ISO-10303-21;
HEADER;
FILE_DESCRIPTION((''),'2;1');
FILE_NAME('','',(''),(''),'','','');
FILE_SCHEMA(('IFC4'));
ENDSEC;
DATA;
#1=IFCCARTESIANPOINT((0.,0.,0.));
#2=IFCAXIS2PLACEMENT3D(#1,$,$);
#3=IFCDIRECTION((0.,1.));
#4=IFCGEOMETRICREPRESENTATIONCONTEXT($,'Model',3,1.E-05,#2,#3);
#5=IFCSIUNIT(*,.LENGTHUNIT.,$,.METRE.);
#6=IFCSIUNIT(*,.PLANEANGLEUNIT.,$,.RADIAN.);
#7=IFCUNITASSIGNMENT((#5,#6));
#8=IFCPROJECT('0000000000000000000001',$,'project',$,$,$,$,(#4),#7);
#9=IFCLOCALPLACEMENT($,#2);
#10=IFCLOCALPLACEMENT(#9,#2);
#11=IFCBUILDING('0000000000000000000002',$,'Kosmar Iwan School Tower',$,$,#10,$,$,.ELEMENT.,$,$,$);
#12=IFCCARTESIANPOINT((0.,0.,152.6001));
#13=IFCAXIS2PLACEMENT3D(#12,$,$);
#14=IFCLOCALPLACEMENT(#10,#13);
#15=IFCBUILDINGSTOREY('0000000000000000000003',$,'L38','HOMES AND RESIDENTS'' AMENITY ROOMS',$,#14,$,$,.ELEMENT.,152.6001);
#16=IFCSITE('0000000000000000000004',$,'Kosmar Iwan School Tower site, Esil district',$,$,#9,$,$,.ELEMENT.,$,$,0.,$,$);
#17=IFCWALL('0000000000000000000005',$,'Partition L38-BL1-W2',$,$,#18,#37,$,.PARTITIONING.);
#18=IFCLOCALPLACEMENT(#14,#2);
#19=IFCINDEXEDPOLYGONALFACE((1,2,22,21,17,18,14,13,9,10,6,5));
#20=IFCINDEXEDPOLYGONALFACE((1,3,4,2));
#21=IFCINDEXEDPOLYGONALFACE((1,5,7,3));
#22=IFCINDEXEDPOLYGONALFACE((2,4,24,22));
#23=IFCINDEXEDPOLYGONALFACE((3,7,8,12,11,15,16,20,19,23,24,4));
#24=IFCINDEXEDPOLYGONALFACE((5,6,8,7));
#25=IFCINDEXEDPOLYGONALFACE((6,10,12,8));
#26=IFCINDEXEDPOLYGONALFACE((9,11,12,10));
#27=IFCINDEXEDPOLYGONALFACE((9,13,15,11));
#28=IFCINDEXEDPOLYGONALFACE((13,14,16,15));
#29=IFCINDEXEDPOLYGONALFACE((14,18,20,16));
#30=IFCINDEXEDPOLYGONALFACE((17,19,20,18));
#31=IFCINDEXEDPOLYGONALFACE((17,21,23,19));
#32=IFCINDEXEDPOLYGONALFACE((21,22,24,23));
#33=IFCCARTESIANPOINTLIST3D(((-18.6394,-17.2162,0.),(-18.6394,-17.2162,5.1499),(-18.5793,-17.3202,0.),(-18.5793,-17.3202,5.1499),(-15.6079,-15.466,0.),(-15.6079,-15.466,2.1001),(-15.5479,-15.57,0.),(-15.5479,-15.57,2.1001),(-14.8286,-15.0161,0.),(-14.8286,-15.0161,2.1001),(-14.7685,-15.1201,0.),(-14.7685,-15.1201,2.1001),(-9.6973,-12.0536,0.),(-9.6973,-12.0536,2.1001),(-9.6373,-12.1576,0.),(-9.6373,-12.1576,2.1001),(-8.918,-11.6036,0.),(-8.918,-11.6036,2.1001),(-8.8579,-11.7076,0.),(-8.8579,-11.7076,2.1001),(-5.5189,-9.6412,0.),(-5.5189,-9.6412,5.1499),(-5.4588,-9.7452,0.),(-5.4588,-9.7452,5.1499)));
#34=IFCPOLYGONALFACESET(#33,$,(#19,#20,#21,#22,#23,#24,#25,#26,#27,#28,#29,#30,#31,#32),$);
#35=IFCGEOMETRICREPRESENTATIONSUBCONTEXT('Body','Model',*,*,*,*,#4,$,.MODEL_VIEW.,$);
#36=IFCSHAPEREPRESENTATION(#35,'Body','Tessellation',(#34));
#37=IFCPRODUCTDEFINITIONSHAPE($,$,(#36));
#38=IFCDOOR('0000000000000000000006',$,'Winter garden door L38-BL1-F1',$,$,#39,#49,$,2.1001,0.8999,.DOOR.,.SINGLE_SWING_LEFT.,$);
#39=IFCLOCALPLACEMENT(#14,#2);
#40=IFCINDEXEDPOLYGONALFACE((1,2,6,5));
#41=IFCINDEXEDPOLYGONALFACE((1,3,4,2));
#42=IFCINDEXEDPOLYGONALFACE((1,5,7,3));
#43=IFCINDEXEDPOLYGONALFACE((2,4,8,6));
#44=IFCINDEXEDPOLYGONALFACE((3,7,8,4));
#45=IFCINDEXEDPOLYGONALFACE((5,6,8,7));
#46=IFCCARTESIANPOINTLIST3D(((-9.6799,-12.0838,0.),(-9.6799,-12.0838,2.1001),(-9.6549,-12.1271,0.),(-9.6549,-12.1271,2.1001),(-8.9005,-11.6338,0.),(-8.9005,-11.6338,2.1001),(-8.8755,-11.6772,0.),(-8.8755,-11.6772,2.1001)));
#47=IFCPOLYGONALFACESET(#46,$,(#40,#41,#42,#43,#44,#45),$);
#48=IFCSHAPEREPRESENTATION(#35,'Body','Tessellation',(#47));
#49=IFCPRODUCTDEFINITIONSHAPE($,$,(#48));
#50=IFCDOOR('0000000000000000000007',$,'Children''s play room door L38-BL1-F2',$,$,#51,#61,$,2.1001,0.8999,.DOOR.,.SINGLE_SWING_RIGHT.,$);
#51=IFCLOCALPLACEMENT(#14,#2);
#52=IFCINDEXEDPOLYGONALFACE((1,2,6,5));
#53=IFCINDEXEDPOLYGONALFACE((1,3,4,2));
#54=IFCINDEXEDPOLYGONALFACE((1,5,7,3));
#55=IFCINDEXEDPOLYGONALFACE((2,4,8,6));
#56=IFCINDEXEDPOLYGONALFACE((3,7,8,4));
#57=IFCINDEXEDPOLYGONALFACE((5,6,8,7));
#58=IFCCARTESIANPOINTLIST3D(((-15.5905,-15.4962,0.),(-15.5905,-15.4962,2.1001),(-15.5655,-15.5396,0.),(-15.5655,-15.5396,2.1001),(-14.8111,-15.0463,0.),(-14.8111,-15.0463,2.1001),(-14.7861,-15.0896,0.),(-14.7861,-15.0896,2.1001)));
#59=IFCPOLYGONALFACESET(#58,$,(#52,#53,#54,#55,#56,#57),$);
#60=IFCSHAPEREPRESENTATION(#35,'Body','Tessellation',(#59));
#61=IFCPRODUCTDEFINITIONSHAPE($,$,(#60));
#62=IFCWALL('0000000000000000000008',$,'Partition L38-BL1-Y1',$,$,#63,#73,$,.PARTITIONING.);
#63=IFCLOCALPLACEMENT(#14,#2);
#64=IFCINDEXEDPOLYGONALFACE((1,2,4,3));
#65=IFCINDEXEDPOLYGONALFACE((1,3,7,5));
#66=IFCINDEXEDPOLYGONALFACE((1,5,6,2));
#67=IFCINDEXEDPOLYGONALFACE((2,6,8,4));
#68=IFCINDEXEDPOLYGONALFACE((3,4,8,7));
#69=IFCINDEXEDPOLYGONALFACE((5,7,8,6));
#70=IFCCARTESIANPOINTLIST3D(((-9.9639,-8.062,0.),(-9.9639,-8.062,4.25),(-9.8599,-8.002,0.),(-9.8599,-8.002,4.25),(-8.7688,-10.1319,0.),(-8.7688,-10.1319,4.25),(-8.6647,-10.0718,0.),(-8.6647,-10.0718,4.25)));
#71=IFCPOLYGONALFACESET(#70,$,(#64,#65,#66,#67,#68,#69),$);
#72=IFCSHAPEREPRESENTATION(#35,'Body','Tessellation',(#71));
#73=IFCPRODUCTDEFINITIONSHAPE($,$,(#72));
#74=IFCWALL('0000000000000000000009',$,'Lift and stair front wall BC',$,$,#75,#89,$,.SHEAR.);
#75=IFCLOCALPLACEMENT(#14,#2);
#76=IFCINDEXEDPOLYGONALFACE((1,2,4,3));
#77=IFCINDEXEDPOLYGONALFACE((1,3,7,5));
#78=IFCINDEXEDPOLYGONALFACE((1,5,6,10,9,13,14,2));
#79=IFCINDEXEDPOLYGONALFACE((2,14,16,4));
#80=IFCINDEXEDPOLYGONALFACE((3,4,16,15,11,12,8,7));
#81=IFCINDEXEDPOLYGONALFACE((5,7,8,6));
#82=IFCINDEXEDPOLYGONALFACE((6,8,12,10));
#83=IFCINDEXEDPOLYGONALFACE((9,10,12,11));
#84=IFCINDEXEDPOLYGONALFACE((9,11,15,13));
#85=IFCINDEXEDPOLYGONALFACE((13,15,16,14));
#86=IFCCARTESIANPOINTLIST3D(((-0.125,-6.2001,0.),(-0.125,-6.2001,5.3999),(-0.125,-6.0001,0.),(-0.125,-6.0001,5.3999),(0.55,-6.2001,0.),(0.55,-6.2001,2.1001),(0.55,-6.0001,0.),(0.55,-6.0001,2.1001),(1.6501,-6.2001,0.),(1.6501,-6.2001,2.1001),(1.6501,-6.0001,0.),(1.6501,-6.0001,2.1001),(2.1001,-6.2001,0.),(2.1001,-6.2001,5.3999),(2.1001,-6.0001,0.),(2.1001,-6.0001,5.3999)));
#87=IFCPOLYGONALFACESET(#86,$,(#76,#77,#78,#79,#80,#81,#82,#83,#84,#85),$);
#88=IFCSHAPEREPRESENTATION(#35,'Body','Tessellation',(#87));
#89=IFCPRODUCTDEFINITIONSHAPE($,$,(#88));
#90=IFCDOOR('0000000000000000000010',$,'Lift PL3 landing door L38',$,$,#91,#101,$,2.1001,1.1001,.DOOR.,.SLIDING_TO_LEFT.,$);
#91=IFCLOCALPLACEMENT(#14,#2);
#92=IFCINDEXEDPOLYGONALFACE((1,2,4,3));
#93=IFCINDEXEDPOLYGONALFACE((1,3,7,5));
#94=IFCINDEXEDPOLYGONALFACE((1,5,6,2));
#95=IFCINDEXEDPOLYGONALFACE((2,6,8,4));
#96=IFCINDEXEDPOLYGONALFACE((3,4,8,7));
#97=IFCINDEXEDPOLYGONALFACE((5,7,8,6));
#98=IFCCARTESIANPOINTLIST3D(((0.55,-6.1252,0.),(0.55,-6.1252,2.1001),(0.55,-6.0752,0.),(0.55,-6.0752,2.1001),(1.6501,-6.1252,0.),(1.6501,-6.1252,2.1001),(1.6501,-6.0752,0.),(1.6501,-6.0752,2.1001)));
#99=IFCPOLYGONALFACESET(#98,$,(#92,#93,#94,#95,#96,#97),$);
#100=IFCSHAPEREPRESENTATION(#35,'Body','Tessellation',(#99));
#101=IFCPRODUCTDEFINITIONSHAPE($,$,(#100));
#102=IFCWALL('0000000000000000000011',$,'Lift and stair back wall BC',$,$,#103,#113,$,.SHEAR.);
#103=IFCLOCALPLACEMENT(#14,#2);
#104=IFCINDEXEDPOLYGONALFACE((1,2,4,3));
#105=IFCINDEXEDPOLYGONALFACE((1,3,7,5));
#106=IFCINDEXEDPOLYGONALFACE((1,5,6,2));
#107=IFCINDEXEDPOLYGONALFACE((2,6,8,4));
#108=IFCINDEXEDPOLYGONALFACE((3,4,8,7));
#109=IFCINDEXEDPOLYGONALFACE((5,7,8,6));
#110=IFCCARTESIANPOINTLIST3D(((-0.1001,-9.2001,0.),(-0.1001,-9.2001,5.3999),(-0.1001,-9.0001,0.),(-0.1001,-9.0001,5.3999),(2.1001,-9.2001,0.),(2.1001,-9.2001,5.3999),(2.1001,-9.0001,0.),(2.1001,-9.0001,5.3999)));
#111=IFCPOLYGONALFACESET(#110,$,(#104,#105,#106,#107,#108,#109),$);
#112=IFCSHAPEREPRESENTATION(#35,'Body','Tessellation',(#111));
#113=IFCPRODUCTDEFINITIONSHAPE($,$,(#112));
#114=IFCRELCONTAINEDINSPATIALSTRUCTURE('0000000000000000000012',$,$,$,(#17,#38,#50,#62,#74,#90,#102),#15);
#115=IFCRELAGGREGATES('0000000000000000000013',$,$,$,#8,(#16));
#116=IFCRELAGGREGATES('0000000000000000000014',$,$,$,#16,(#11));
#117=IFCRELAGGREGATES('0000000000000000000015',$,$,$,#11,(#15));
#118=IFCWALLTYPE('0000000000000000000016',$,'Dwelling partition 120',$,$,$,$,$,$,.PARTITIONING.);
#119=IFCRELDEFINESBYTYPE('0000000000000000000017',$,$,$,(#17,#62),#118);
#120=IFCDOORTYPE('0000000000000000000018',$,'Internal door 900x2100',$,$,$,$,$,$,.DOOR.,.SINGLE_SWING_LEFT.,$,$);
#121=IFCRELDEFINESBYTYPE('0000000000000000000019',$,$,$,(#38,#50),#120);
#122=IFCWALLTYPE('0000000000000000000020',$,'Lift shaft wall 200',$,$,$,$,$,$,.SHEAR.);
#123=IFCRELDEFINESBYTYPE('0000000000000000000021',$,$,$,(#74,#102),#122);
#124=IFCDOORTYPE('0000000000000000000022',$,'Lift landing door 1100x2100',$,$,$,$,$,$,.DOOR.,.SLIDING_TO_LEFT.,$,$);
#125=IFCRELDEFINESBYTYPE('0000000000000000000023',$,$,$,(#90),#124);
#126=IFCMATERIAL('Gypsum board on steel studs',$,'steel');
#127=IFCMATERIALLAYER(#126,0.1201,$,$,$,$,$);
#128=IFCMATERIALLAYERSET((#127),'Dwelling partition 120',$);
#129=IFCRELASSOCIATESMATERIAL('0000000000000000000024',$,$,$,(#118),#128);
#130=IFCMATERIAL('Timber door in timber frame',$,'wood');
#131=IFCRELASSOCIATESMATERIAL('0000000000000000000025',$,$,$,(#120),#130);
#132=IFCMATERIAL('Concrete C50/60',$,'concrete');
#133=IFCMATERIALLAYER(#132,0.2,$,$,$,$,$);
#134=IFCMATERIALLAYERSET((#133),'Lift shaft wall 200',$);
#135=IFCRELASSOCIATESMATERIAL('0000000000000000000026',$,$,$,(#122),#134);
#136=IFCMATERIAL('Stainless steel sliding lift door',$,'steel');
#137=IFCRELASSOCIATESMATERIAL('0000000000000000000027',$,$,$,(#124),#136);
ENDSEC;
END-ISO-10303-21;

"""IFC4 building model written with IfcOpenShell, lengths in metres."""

from ifc_helpers import new_model, si_unit, direction, frame, frame_2d, origin, place, context, subcontext, project, spatial, rectangle, extrude, material, layer, layer_set, type_object, element, fill, save


model = new_model("IFC4")

# Units and contexts
model_context = context("Model", 3, precision=1e-05, world=origin(), true_north=direction((0.0, 1.0)))
body_context = subcontext(model_context, "Body", "Model", "MODEL_VIEW")
ifc_project = project(units=[si_unit("LENGTHUNIT", "METRE"), si_unit("PLANEANGLEUNIT", "RADIAN")], contexts=[model_context])

# Site, building, storey
site_placement = place(None, origin())
site = spatial("IfcSite", under=ifc_project, at=site_placement, Name="Kosmar Iwan School Tower site, Esil district", CompositionType="ELEMENT", RefElevation=0.0)
building_placement = place(site_placement, origin())
building = spatial("IfcBuilding", under=site, at=building_placement, Name="Kosmar Iwan School Tower", CompositionType="ELEMENT")
storey_placement = place(building_placement, frame((0.0, 0.0, 152.6001)))
storey = spatial("IfcBuildingStorey", under=building, at=storey_placement, Name="L38", Description="HOMES AND RESIDENTS' AMENITY ROOMS", CompositionType="ELEMENT", Elevation=152.6001)

# Wall, openings, doors
ifc_material_1 = material(Name="Gypsum board on steel studs", Category="steel")
ifc_layer_1 = layer(ifc_material_1, 0.1201)
ifc_layer_set_1 = layer_set([ifc_layer_1], Name="Dwelling partition 120")
wall_type_1 = type_object("IfcWallType", Name="Dwelling partition 120", PredefinedType="PARTITIONING", material=ifc_layer_set_1)
ifc_material_2 = material(Name="Timber door in timber frame", Category="wood")
door_type_1 = type_object("IfcDoorType", Name="Internal door 900x2100", OperationType="SINGLE_SWING_LEFT", PredefinedType="DOOR", material=ifc_material_2)
wall_1_placement = place(storey_placement, frame((-5.4888, -9.6931, 0.0), z_axis=(0.0, 0.0, 1.0), x_axis=(-0.866028, -0.499995, 0.0)))
wall_1 = element("IfcWall", 1, at=wall_1_placement, inside=storey, type_object=wall_type_1, Name="Partition L38-BL1-W2", PredefinedType="PARTITIONING", context=body_context, shape_type="SweptSolid", body=[
    extrude(rectangle(XDim=15.1501, YDim=0.1201, at=frame_2d((7.5752, 0.0))), origin(), (0.0, 0.0, 1.0), 5.1499),
])
opening_1_placement = place(wall_1_placement, frame((3.925, 0.0, 0.0)))
opening_1 = element("IfcOpeningElement", 2, at=opening_1_placement, cuts=wall_1, PredefinedType="OPENING", context=body_context, shape_type="SweptSolid", body=[
    extrude(rectangle(XDim=0.8999, YDim=2.1001, at=frame_2d((0.45, 1.05))), frame((0.0, 0.072, 0.0), z_axis=(0.0, -1.0, 0.0), x_axis=(1.0, 0.0, 0.0)), (0.0, 0.0, 1.0), 0.144),
])
opening_2_placement = place(wall_1_placement, frame((10.75, 0.0, 0.0)))
opening_2 = element("IfcOpeningElement", 3, at=opening_2_placement, cuts=wall_1, PredefinedType="OPENING", context=body_context, shape_type="SweptSolid", body=[
    extrude(rectangle(XDim=0.8999, YDim=2.1001, at=frame_2d((0.45, 1.05))), frame((0.0, 0.072, 0.0), z_axis=(0.0, -1.0, 0.0), x_axis=(1.0, 0.0, 0.0)), (0.0, 0.0, 1.0), 0.144),
])
door_1_placement = place(opening_1_placement, origin())
door_1 = element("IfcDoor", 4, at=door_1_placement, inside=storey, type_object=door_type_1, Name="Winter garden door L38-BL1-F1", OperationType="SINGLE_SWING_LEFT", OverallHeight=2.1001, OverallWidth=0.8999, PredefinedType="DOOR", context=body_context, shape_type="SweptSolid", body=[
    extrude(rectangle(XDim=0.8999, YDim=2.1001, at=frame_2d((0.45, 1.05))), frame((0.0, 0.0249, 0.0), z_axis=(0.0, -1.0, 0.0), x_axis=(1.0, 0.0, 0.0)), (0.0, 0.0, 1.0), 0.05),
])
fill(opening_1, door_1)
door_2_placement = place(opening_2_placement, origin())
door_2 = element("IfcDoor", 5, at=door_2_placement, inside=storey, type_object=door_type_1, Name="Children's play room door L38-BL1-F2", OperationType="SINGLE_SWING_RIGHT", OverallHeight=2.1001, OverallWidth=0.8999, PredefinedType="DOOR", context=body_context, shape_type="SweptSolid", body=[
    extrude(rectangle(XDim=0.8999, YDim=2.1001, at=frame_2d((0.45, 1.05))), frame((0.0, 0.0249, 0.0), z_axis=(0.0, -1.0, 0.0), x_axis=(1.0, 0.0, 0.0)), (0.0, 0.0, 1.0), 0.05),
])
fill(opening_2, door_2)

# Wall
wall_2_placement = place(storey_placement, frame((-9.9119, -8.032, 0.0), z_axis=(0.0, 0.0, 1.0), x_axis=(0.500017, -0.866015, 0.0)))
element("IfcWall", 6, at=wall_2_placement, inside=storey, type_object=wall_type_1, Name="Partition L38-BL1-Y1", PredefinedType="PARTITIONING", context=body_context, shape_type="SweptSolid", body=[
    extrude(rectangle(XDim=2.3901, YDim=0.1201, at=frame_2d((1.1951, 0.0))), origin(), (0.0, 0.0, 1.0), 4.25),
])

# Wall, opening, door
ifc_material_3 = material(Name="Concrete C50/60", Category="concrete")
ifc_layer_2 = layer(ifc_material_3, 0.2)
ifc_layer_set_2 = layer_set([ifc_layer_2], Name="Lift shaft wall 200")
wall_type_2 = type_object("IfcWallType", Name="Lift shaft wall 200", PredefinedType="SHEAR", material=ifc_layer_set_2)
wall_3_placement = place(storey_placement, frame((-0.125, -6.1001, 0.0), z_axis=(0.0, 0.0, 1.0), x_axis=(1.0, 0.0, 0.0)))
wall_3 = element("IfcWall", 7, at=wall_3_placement, inside=storey, type_object=wall_type_2, Name="Lift and stair front wall BC", PredefinedType="SHEAR", context=body_context, shape_type="SweptSolid", body=[
    extrude(rectangle(XDim=2.2251, YDim=0.2, at=frame_2d((1.1125, 0.0))), origin(), (0.0, 0.0, 1.0), 5.3999),
])
opening_3_placement = place(wall_3_placement, frame((0.675, 0.0, 0.0)))
opening_3 = element("IfcOpeningElement", 8, at=opening_3_placement, cuts=wall_3, PredefinedType="OPENING", context=body_context, shape_type="SweptSolid", body=[
    extrude(rectangle(XDim=1.1001, YDim=2.1001, at=frame_2d((0.55, 1.05))), frame((0.0, 0.1121, 0.0), z_axis=(0.0, -1.0, 0.0), x_axis=(1.0, 0.0, 0.0)), (0.0, 0.0, 1.0), 0.2239),
])
ifc_material_4 = material(Name="Stainless steel sliding lift door", Category="steel")
door_type_2 = type_object("IfcDoorType", Name="Lift landing door 1100x2100", OperationType="SLIDING_TO_LEFT", PredefinedType="DOOR", material=ifc_material_4)
door_3_placement = place(opening_3_placement, origin())
door_3 = element("IfcDoor", 9, at=door_3_placement, inside=storey, type_object=door_type_2, Name="Lift PL3 landing door L38", OperationType="SLIDING_TO_LEFT", OverallHeight=2.1001, OverallWidth=1.1001, PredefinedType="DOOR", context=body_context, shape_type="SweptSolid", body=[
    extrude(rectangle(XDim=1.1001, YDim=2.1001, at=frame_2d((0.55, 1.05))), frame((0.0, 0.0249, 0.0), z_axis=(0.0, -1.0, 0.0), x_axis=(1.0, 0.0, 0.0)), (0.0, 0.0, 1.0), 0.05),
])
fill(opening_3, door_3)

# Wall
wall_4_placement = place(storey_placement, frame((-0.1001, -9.1001, 0.0), z_axis=(0.0, 0.0, 1.0), x_axis=(1.0, 0.0, 0.0)))
element("IfcWall", 10, at=wall_4_placement, inside=storey, type_object=wall_type_2, Name="Lift and stair back wall BC", PredefinedType="SHEAR", context=body_context, shape_type="SweptSolid", body=[
    extrude(rectangle(XDim=2.2002, YDim=0.2, at=frame_2d((1.1001, 0.0))), origin(), (0.0, 0.0, 1.0), 5.3999),
])

save(model, "model.ifc")
